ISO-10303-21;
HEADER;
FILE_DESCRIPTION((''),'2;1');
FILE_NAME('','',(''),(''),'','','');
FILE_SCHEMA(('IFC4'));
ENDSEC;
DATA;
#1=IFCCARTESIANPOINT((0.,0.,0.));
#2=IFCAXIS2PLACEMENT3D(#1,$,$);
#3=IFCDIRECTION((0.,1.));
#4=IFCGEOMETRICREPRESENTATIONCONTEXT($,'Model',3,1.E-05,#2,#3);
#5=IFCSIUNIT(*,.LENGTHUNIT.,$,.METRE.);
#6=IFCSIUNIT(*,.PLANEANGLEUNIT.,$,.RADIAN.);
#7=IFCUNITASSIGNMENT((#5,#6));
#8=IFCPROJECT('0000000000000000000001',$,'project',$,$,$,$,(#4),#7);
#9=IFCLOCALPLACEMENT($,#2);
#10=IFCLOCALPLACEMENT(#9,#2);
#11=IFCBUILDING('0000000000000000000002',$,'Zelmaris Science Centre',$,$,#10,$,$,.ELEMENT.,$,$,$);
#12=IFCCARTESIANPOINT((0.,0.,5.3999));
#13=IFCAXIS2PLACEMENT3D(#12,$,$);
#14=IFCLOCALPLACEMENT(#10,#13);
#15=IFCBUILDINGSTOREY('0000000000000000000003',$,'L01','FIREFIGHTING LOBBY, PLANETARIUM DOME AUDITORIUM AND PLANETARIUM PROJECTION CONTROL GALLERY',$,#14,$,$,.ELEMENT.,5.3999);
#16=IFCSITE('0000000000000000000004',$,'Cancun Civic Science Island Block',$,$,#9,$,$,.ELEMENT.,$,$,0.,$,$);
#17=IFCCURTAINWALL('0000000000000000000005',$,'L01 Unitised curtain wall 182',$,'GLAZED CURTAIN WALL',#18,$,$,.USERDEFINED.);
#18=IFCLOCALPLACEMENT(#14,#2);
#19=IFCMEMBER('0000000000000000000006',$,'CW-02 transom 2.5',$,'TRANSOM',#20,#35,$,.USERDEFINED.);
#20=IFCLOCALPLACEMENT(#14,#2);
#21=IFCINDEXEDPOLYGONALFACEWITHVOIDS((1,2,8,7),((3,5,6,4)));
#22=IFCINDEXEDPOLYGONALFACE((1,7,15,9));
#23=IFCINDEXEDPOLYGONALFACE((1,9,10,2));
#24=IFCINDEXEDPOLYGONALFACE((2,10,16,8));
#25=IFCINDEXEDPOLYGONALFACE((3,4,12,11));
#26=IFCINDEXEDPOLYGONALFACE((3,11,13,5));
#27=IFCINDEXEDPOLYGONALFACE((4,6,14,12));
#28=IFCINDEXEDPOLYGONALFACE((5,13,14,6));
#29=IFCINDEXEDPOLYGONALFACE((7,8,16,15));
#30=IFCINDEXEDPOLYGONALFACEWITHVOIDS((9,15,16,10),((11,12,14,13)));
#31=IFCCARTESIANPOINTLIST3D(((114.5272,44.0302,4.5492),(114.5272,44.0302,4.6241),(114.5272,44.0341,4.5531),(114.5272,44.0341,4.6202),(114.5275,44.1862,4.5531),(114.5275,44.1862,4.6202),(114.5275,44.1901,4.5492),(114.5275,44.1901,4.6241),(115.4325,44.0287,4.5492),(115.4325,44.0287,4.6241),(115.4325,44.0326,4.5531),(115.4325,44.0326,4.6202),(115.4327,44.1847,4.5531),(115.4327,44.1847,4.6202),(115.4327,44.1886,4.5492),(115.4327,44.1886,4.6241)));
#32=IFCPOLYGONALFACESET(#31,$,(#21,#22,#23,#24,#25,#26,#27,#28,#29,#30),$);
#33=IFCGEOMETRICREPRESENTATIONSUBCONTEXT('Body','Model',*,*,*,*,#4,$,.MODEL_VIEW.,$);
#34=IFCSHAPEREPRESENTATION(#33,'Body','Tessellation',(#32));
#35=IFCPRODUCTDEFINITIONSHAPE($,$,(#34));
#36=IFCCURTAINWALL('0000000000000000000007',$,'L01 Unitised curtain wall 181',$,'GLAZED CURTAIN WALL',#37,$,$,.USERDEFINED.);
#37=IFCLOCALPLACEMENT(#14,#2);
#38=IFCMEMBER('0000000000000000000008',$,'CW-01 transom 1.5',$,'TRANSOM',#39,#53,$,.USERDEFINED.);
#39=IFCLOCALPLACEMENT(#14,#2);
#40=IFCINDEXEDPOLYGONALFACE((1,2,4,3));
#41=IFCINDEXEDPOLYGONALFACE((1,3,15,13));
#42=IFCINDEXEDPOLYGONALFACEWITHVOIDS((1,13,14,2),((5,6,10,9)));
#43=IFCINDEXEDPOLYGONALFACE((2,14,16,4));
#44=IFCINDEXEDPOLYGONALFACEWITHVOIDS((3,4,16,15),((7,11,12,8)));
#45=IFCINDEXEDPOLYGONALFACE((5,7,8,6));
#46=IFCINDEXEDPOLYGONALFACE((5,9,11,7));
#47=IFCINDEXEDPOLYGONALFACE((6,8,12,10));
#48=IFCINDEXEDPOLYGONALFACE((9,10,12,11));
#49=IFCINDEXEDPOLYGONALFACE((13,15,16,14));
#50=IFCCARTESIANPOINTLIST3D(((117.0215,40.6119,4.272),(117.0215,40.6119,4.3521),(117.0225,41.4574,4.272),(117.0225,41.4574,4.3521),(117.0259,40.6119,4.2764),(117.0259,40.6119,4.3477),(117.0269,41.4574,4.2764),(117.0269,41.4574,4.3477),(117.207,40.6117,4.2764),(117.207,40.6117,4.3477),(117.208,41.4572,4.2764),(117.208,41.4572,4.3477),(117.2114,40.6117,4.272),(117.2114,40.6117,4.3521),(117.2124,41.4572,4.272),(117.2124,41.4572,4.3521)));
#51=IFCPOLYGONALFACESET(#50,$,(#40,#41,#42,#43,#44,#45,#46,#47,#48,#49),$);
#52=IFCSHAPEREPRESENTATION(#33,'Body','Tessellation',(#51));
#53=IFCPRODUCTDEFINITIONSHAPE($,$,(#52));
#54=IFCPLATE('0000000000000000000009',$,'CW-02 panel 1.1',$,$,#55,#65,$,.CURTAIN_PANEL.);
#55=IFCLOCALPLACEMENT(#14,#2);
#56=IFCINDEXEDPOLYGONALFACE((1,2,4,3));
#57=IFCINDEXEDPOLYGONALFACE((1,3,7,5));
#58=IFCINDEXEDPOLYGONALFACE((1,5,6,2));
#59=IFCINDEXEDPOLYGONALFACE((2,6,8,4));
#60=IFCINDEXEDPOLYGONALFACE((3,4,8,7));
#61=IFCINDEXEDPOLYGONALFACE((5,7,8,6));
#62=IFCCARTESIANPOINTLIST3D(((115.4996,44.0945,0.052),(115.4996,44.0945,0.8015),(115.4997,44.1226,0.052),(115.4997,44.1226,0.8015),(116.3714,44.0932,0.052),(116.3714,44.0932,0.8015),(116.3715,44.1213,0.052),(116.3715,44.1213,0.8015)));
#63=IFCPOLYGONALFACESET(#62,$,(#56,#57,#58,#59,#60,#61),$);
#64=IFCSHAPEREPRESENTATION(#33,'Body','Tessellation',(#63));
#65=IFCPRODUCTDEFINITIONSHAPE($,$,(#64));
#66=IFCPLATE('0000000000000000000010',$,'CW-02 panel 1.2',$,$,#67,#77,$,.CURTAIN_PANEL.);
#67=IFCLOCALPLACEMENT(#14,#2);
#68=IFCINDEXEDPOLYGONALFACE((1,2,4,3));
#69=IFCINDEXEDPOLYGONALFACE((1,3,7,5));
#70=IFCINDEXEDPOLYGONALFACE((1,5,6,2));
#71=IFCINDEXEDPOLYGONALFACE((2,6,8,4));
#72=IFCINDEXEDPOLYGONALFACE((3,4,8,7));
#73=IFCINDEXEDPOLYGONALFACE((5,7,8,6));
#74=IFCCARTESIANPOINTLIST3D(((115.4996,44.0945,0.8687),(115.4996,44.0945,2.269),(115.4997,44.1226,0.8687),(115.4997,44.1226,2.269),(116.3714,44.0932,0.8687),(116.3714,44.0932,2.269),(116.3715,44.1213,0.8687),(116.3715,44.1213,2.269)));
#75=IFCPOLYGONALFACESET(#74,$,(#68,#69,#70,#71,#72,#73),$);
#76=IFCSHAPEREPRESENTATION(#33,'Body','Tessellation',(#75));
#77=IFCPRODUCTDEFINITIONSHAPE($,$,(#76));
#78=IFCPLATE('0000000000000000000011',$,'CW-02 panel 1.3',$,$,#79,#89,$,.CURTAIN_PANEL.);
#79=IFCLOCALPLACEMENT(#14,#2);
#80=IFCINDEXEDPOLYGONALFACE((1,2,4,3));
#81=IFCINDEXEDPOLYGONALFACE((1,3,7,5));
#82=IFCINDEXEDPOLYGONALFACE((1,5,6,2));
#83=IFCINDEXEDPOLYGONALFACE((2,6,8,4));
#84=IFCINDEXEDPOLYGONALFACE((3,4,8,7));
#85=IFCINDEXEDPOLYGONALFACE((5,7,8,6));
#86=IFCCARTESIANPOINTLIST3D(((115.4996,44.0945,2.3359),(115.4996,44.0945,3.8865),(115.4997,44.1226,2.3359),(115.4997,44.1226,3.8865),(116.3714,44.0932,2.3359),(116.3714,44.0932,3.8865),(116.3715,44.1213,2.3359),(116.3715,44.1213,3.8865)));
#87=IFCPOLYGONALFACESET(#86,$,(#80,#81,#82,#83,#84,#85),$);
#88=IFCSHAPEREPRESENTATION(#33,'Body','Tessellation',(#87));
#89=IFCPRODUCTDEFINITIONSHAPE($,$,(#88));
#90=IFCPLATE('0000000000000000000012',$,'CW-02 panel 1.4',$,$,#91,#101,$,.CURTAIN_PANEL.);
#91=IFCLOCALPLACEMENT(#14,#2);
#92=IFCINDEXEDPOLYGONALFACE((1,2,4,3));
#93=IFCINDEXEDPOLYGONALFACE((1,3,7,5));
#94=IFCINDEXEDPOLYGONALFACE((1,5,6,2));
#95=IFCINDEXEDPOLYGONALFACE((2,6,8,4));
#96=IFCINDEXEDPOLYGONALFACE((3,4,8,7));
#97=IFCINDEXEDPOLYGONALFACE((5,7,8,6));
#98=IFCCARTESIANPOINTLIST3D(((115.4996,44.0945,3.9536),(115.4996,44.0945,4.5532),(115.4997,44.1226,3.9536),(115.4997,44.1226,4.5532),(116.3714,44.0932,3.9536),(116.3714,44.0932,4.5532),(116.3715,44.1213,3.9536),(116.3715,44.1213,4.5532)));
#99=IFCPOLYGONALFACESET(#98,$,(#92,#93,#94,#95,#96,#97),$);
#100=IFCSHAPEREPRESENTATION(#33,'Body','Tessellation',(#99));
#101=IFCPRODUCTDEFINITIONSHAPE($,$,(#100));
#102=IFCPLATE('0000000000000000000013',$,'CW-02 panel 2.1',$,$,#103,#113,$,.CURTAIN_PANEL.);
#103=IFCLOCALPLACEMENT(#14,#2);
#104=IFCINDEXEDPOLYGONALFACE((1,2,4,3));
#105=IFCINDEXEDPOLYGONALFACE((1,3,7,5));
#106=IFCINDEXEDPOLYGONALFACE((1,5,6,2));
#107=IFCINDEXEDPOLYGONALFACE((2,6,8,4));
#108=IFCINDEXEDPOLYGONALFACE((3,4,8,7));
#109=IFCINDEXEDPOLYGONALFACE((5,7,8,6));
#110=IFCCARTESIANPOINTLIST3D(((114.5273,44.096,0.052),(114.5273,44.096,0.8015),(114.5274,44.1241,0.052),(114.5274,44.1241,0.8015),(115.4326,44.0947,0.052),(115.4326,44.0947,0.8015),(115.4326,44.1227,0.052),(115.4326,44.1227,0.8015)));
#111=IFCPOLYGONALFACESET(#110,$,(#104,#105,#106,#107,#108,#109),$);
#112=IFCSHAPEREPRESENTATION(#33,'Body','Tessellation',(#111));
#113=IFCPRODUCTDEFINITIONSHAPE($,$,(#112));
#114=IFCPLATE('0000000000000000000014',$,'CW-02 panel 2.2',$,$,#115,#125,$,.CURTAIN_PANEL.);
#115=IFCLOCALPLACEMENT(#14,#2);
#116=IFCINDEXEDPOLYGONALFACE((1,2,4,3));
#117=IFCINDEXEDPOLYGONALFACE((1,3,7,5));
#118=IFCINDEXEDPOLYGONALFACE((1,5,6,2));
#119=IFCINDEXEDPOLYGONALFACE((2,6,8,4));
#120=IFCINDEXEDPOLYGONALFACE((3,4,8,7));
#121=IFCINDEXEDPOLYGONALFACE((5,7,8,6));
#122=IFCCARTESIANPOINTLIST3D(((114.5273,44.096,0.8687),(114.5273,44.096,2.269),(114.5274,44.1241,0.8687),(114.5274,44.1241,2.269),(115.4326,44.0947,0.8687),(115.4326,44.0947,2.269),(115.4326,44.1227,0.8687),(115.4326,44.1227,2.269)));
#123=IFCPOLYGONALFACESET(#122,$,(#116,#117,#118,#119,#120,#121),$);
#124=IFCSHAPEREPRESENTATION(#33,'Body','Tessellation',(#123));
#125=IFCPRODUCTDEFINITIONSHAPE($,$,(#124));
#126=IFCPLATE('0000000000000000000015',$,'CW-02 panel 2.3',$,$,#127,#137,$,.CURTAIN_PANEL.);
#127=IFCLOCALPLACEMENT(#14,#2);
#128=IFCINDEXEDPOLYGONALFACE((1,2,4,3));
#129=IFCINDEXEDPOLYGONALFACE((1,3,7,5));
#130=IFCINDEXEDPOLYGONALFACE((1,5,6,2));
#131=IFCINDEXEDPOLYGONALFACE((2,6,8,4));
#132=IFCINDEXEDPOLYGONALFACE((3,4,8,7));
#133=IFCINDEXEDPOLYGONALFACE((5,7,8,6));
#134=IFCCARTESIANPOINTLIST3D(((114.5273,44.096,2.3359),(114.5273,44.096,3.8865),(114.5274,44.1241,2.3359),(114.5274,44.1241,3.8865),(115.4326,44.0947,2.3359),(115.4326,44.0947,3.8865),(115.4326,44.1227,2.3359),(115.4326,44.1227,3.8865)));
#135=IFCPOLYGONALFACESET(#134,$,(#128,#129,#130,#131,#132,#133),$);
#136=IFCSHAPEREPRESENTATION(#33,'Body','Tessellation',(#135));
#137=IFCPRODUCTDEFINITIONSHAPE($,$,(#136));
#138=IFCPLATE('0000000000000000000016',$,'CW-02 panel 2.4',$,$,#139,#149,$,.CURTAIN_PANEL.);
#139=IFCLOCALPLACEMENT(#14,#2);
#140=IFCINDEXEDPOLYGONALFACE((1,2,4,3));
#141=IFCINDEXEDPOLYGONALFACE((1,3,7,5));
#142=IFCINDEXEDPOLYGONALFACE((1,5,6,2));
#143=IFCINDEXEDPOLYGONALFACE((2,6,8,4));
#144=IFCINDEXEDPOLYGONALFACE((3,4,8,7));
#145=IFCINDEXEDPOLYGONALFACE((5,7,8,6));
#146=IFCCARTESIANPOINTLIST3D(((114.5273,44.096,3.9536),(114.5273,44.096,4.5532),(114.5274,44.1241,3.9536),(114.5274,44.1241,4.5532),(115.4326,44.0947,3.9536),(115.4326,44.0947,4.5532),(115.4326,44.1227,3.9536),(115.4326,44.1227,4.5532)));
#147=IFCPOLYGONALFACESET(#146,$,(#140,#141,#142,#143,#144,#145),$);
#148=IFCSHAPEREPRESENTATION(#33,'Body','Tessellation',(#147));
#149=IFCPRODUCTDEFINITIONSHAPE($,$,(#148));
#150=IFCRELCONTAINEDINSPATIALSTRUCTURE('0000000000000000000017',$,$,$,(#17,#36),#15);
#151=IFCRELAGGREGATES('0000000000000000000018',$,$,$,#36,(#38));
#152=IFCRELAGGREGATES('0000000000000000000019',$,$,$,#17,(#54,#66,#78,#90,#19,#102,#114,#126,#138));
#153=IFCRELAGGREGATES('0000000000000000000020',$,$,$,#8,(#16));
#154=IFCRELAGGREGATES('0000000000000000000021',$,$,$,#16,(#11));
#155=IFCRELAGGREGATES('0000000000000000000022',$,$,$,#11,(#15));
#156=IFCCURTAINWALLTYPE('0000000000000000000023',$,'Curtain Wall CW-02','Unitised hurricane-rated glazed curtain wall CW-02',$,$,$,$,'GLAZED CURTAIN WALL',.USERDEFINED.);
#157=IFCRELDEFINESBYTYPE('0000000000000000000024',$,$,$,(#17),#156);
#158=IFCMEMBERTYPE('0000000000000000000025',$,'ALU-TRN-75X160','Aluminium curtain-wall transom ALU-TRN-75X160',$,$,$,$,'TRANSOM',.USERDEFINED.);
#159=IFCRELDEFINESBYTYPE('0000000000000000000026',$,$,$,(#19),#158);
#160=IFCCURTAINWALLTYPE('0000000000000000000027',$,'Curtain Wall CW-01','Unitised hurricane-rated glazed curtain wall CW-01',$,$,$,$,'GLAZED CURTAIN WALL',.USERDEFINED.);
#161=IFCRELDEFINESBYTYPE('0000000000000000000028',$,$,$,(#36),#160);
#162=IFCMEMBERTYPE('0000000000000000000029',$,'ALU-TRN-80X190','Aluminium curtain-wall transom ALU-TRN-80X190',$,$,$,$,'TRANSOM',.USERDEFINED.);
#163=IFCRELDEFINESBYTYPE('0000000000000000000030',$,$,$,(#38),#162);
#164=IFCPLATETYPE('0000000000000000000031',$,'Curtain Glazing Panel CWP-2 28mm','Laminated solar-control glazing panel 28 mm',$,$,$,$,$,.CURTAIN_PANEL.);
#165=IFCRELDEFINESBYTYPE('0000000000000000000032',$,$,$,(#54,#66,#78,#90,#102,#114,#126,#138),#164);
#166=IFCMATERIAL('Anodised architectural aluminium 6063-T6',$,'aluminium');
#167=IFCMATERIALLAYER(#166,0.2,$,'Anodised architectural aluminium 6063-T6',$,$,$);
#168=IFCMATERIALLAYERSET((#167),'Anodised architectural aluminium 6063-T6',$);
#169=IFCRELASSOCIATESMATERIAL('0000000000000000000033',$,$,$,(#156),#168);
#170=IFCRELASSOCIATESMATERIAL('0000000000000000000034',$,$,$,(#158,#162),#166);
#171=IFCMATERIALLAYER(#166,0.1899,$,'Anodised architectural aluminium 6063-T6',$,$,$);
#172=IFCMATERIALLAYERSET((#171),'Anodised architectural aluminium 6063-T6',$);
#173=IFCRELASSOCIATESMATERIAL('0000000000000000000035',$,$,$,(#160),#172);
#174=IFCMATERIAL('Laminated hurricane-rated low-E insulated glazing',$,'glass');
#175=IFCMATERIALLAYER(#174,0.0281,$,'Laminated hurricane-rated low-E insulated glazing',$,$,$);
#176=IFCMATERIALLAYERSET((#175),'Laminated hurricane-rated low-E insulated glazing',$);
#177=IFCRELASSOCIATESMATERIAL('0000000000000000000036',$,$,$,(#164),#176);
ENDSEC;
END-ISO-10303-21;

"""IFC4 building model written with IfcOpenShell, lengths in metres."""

from ifc_helpers import new_model, si_unit, direction, frame, origin, origin_2d, place, context, subcontext, project, spatial, rectangle, hollow_rectangle, extrude, material, layer, layer_set, material_profile, profile_set, type_object, element, aggregate, save


model = new_model("IFC4")

# Units and contexts
model_context = context("Model", 3, precision=1e-05, world=origin(), true_north=direction((0.0, 1.0)))
body_context = subcontext(model_context, "Body", "Model", "MODEL_VIEW")
ifc_project = project(units=[si_unit("LENGTHUNIT", "METRE"), si_unit("PLANEANGLEUNIT", "RADIAN")], contexts=[model_context])

# Site, building, storey
site_placement = place(None, origin())
site = spatial("IfcSite", under=ifc_project, at=site_placement, Name="Cancun Civic Science Island Block", CompositionType="ELEMENT", RefElevation=0.0)
building_placement = place(site_placement, origin())
building = spatial("IfcBuilding", under=site, at=building_placement, Name="Zelmaris Science Centre", CompositionType="ELEMENT")
storey_placement = place(building_placement, frame((0.0, 0.0, 5.3999)))
storey = spatial("IfcBuildingStorey", under=building, at=storey_placement, Name="L01", Description="FIREFIGHTING LOBBY, PLANETARIUM DOME AUDITORIUM AND PLANETARIUM PROJECTION CONTROL GALLERY", CompositionType="ELEMENT", Elevation=5.3999)

# Curtain wall, member
ifc_material_1 = material(Name="Anodised architectural aluminium 6063-T6", Category="aluminium")
ifc_layer_1 = layer(ifc_material_1, 0.2, Name="Anodised architectural aluminium 6063-T6")
ifc_layer_set_1 = layer_set([ifc_layer_1], Name="Anodised architectural aluminium 6063-T6")
curtain_wall_type_1 = type_object("IfcCurtainWallType", Name="Curtain Wall CW-02", Description="Unitised hurricane-rated glazed curtain wall CW-02", ElementType="GLAZED CURTAIN WALL", PredefinedType="USERDEFINED", material=ifc_layer_set_1)
curtain_wall_1_placement = place(storey_placement, origin())
curtain_wall_1 = element("IfcCurtainWall", 1, at=curtain_wall_1_placement, inside=storey, type_object=curtain_wall_type_1, Name="L01 Unitised curtain wall 182", ObjectType="GLAZED CURTAIN WALL", PredefinedType="USERDEFINED")
ifc_material_profile_1 = material_profile(ifc_material_1, hollow_rectangle(XDim=0.075, YDim=0.1599, WallThickness=0.0039, at=origin_2d()), Name="ALU-TRN-75X160")
ifc_profile_set_1 = profile_set([ifc_material_profile_1], Name="Anodised architectural aluminium 6063-T6")
member_type_1 = type_object("IfcMemberType", Name="ALU-TRN-75X160", Description="Aluminium curtain-wall transom ALU-TRN-75X160", ElementType="TRANSOM", PredefinedType="USERDEFINED", material=ifc_profile_set_1)
member_1_placement = place(storey_placement, frame((115.4326, 44.1086, 4.5867), z_axis=(-0.999999, 0.001618, 0.0), x_axis=(0.0, 0.0, 1.0)))
member_1 = element("IfcMember", 2, at=member_1_placement, type_object=member_type_1, Name="CW-02 transom 2.5", ObjectType="TRANSOM", PredefinedType="USERDEFINED", context=body_context, shape_type="SweptSolid", body=[
    extrude(hollow_rectangle(XDim=0.075, YDim=0.1599, WallThickness=0.0039, at=origin_2d()), origin(), (0.0, 0.0, 1.0), 0.9053),
])

# Curtain wall, member
ifc_layer_2 = layer(ifc_material_1, 0.1899, Name="Anodised architectural aluminium 6063-T6")
ifc_layer_set_2 = layer_set([ifc_layer_2], Name="Anodised architectural aluminium 6063-T6")
curtain_wall_type_2 = type_object("IfcCurtainWallType", Name="Curtain Wall CW-01", Description="Unitised hurricane-rated glazed curtain wall CW-01", ElementType="GLAZED CURTAIN WALL", PredefinedType="USERDEFINED", material=ifc_layer_set_2)
curtain_wall_2_placement = place(storey_placement, origin())
curtain_wall_2 = element("IfcCurtainWall", 3, at=curtain_wall_2_placement, inside=storey, type_object=curtain_wall_type_2, Name="L01 Unitised curtain wall 181", ObjectType="GLAZED CURTAIN WALL", PredefinedType="USERDEFINED")
ifc_material_profile_2 = material_profile(ifc_material_1, hollow_rectangle(XDim=0.0801, YDim=0.1899, WallThickness=0.0044, at=origin_2d()), Name="ALU-TRN-80X190")
ifc_profile_set_2 = profile_set([ifc_material_profile_2], Name="Anodised architectural aluminium 6063-T6")
member_type_2 = type_object("IfcMemberType", Name="ALU-TRN-80X190", Description="Aluminium curtain-wall transom ALU-TRN-80X190", ElementType="TRANSOM", PredefinedType="USERDEFINED", material=ifc_profile_set_2)
member_2_placement = place(storey_placement, frame((117.1165, 40.6118, 4.312), z_axis=(0.001155, 0.999999, 0.0), x_axis=(0.0, 0.0, 1.0)))
member_2 = element("IfcMember", 4, at=member_2_placement, type_object=member_type_2, Name="CW-01 transom 1.5", ObjectType="TRANSOM", PredefinedType="USERDEFINED", context=body_context, shape_type="SweptSolid", body=[
    extrude(hollow_rectangle(XDim=0.0801, YDim=0.1899, WallThickness=0.0044, at=origin_2d()), origin(), (0.0, 0.0, 1.0), 0.8455),
])
aggregate(curtain_wall_2, [member_2])

# Plates
ifc_material_2 = material(Name="Laminated hurricane-rated low-E insulated glazing", Category="glass")
ifc_layer_3 = layer(ifc_material_2, 0.0281, Name="Laminated hurricane-rated low-E insulated glazing")
ifc_layer_set_3 = layer_set([ifc_layer_3], Name="Laminated hurricane-rated low-E insulated glazing")
plate_type = type_object("IfcPlateType", Name="Curtain Glazing Panel CWP-2 28mm", Description="Laminated solar-control glazing panel 28 mm", PredefinedType="CURTAIN_PANEL", material=ifc_layer_set_3)
plate_1_placement = place(storey_placement, frame((115.9355, 44.1079, 0.052), z_axis=(0.0, 0.0, 1.0), x_axis=(-0.999999, 0.001517, 0.0)))
plate_1 = element("IfcPlate", 5, at=plate_1_placement, type_object=plate_type, Name="CW-02 panel 1.1", PredefinedType="CURTAIN_PANEL", context=body_context, shape_type="SweptSolid", body=[
    extrude(rectangle(XDim=0.8718, YDim=0.0281, at=origin_2d()), origin(), (0.0, 0.0, 1.0), 0.7495),
])
plate_2_placement = place(storey_placement, frame((115.9355, 44.1079, 0.8687), z_axis=(0.0, 0.0, 1.0), x_axis=(-0.999999, 0.001517, 0.0)))
plate_2 = element("IfcPlate", 6, at=plate_2_placement, type_object=plate_type, Name="CW-02 panel 1.2", PredefinedType="CURTAIN_PANEL", context=body_context, shape_type="SweptSolid", body=[
    extrude(rectangle(XDim=0.8718, YDim=0.0281, at=origin_2d()), origin(), (0.0, 0.0, 1.0), 1.4004),
])
plate_3_placement = place(storey_placement, frame((115.9355, 44.1079, 2.3359), z_axis=(0.0, 0.0, 1.0), x_axis=(-0.999999, 0.001517, 0.0)))
plate_3 = element("IfcPlate", 7, at=plate_3_placement, type_object=plate_type, Name="CW-02 panel 1.3", PredefinedType="CURTAIN_PANEL", context=body_context, shape_type="SweptSolid", body=[
    extrude(rectangle(XDim=0.8718, YDim=0.0281, at=origin_2d()), origin(), (0.0, 0.0, 1.0), 1.5505),
])
plate_4_placement = place(storey_placement, frame((115.9355, 44.1079, 3.9536), z_axis=(0.0, 0.0, 1.0), x_axis=(-0.999999, 0.001517, 0.0)))
plate_4 = element("IfcPlate", 8, at=plate_4_placement, type_object=plate_type, Name="CW-02 panel 1.4", PredefinedType="CURTAIN_PANEL", context=body_context, shape_type="SweptSolid", body=[
    extrude(rectangle(XDim=0.8718, YDim=0.0281, at=origin_2d()), origin(), (0.0, 0.0, 1.0), 0.5996),
])
plate_5_placement = place(storey_placement, frame((114.98, 44.1094, 0.052), z_axis=(0.0, 0.0, 1.0), x_axis=(-0.999999, 0.001517, 0.0)))
plate_5 = element("IfcPlate", 9, at=plate_5_placement, type_object=plate_type, Name="CW-02 panel 2.1", PredefinedType="CURTAIN_PANEL", context=body_context, shape_type="SweptSolid", body=[
    extrude(rectangle(XDim=0.9053, YDim=0.0281, at=origin_2d()), origin(), (0.0, 0.0, 1.0), 0.7495),
])
plate_6_placement = place(storey_placement, frame((114.98, 44.1094, 0.8687), z_axis=(0.0, 0.0, 1.0), x_axis=(-0.999999, 0.001517, 0.0)))
plate_6 = element("IfcPlate", 10, at=plate_6_placement, type_object=plate_type, Name="CW-02 panel 2.2", PredefinedType="CURTAIN_PANEL", context=body_context, shape_type="SweptSolid", body=[
    extrude(rectangle(XDim=0.9053, YDim=0.0281, at=origin_2d()), origin(), (0.0, 0.0, 1.0), 1.4004),
])
plate_7_placement = place(storey_placement, frame((114.98, 44.1094, 2.3359), z_axis=(0.0, 0.0, 1.0), x_axis=(-0.999999, 0.001517, 0.0)))
plate_7 = element("IfcPlate", 11, at=plate_7_placement, type_object=plate_type, Name="CW-02 panel 2.3", PredefinedType="CURTAIN_PANEL", context=body_context, shape_type="SweptSolid", body=[
    extrude(rectangle(XDim=0.9053, YDim=0.0281, at=origin_2d()), origin(), (0.0, 0.0, 1.0), 1.5505),
])
plate_8_placement = place(storey_placement, frame((114.98, 44.1094, 3.9536), z_axis=(0.0, 0.0, 1.0), x_axis=(-0.999999, 0.001517, 0.0)))
plate_8 = element("IfcPlate", 12, at=plate_8_placement, type_object=plate_type, Name="CW-02 panel 2.4", PredefinedType="CURTAIN_PANEL", context=body_context, shape_type="SweptSolid", body=[
    extrude(rectangle(XDim=0.9053, YDim=0.0281, at=origin_2d()), origin(), (0.0, 0.0, 1.0), 0.5996),
])
aggregate(curtain_wall_1, [plate_1, plate_2, plate_3, plate_4, member_1, plate_5, plate_6, plate_7, plate_8])

save(model, "model.ifc")
